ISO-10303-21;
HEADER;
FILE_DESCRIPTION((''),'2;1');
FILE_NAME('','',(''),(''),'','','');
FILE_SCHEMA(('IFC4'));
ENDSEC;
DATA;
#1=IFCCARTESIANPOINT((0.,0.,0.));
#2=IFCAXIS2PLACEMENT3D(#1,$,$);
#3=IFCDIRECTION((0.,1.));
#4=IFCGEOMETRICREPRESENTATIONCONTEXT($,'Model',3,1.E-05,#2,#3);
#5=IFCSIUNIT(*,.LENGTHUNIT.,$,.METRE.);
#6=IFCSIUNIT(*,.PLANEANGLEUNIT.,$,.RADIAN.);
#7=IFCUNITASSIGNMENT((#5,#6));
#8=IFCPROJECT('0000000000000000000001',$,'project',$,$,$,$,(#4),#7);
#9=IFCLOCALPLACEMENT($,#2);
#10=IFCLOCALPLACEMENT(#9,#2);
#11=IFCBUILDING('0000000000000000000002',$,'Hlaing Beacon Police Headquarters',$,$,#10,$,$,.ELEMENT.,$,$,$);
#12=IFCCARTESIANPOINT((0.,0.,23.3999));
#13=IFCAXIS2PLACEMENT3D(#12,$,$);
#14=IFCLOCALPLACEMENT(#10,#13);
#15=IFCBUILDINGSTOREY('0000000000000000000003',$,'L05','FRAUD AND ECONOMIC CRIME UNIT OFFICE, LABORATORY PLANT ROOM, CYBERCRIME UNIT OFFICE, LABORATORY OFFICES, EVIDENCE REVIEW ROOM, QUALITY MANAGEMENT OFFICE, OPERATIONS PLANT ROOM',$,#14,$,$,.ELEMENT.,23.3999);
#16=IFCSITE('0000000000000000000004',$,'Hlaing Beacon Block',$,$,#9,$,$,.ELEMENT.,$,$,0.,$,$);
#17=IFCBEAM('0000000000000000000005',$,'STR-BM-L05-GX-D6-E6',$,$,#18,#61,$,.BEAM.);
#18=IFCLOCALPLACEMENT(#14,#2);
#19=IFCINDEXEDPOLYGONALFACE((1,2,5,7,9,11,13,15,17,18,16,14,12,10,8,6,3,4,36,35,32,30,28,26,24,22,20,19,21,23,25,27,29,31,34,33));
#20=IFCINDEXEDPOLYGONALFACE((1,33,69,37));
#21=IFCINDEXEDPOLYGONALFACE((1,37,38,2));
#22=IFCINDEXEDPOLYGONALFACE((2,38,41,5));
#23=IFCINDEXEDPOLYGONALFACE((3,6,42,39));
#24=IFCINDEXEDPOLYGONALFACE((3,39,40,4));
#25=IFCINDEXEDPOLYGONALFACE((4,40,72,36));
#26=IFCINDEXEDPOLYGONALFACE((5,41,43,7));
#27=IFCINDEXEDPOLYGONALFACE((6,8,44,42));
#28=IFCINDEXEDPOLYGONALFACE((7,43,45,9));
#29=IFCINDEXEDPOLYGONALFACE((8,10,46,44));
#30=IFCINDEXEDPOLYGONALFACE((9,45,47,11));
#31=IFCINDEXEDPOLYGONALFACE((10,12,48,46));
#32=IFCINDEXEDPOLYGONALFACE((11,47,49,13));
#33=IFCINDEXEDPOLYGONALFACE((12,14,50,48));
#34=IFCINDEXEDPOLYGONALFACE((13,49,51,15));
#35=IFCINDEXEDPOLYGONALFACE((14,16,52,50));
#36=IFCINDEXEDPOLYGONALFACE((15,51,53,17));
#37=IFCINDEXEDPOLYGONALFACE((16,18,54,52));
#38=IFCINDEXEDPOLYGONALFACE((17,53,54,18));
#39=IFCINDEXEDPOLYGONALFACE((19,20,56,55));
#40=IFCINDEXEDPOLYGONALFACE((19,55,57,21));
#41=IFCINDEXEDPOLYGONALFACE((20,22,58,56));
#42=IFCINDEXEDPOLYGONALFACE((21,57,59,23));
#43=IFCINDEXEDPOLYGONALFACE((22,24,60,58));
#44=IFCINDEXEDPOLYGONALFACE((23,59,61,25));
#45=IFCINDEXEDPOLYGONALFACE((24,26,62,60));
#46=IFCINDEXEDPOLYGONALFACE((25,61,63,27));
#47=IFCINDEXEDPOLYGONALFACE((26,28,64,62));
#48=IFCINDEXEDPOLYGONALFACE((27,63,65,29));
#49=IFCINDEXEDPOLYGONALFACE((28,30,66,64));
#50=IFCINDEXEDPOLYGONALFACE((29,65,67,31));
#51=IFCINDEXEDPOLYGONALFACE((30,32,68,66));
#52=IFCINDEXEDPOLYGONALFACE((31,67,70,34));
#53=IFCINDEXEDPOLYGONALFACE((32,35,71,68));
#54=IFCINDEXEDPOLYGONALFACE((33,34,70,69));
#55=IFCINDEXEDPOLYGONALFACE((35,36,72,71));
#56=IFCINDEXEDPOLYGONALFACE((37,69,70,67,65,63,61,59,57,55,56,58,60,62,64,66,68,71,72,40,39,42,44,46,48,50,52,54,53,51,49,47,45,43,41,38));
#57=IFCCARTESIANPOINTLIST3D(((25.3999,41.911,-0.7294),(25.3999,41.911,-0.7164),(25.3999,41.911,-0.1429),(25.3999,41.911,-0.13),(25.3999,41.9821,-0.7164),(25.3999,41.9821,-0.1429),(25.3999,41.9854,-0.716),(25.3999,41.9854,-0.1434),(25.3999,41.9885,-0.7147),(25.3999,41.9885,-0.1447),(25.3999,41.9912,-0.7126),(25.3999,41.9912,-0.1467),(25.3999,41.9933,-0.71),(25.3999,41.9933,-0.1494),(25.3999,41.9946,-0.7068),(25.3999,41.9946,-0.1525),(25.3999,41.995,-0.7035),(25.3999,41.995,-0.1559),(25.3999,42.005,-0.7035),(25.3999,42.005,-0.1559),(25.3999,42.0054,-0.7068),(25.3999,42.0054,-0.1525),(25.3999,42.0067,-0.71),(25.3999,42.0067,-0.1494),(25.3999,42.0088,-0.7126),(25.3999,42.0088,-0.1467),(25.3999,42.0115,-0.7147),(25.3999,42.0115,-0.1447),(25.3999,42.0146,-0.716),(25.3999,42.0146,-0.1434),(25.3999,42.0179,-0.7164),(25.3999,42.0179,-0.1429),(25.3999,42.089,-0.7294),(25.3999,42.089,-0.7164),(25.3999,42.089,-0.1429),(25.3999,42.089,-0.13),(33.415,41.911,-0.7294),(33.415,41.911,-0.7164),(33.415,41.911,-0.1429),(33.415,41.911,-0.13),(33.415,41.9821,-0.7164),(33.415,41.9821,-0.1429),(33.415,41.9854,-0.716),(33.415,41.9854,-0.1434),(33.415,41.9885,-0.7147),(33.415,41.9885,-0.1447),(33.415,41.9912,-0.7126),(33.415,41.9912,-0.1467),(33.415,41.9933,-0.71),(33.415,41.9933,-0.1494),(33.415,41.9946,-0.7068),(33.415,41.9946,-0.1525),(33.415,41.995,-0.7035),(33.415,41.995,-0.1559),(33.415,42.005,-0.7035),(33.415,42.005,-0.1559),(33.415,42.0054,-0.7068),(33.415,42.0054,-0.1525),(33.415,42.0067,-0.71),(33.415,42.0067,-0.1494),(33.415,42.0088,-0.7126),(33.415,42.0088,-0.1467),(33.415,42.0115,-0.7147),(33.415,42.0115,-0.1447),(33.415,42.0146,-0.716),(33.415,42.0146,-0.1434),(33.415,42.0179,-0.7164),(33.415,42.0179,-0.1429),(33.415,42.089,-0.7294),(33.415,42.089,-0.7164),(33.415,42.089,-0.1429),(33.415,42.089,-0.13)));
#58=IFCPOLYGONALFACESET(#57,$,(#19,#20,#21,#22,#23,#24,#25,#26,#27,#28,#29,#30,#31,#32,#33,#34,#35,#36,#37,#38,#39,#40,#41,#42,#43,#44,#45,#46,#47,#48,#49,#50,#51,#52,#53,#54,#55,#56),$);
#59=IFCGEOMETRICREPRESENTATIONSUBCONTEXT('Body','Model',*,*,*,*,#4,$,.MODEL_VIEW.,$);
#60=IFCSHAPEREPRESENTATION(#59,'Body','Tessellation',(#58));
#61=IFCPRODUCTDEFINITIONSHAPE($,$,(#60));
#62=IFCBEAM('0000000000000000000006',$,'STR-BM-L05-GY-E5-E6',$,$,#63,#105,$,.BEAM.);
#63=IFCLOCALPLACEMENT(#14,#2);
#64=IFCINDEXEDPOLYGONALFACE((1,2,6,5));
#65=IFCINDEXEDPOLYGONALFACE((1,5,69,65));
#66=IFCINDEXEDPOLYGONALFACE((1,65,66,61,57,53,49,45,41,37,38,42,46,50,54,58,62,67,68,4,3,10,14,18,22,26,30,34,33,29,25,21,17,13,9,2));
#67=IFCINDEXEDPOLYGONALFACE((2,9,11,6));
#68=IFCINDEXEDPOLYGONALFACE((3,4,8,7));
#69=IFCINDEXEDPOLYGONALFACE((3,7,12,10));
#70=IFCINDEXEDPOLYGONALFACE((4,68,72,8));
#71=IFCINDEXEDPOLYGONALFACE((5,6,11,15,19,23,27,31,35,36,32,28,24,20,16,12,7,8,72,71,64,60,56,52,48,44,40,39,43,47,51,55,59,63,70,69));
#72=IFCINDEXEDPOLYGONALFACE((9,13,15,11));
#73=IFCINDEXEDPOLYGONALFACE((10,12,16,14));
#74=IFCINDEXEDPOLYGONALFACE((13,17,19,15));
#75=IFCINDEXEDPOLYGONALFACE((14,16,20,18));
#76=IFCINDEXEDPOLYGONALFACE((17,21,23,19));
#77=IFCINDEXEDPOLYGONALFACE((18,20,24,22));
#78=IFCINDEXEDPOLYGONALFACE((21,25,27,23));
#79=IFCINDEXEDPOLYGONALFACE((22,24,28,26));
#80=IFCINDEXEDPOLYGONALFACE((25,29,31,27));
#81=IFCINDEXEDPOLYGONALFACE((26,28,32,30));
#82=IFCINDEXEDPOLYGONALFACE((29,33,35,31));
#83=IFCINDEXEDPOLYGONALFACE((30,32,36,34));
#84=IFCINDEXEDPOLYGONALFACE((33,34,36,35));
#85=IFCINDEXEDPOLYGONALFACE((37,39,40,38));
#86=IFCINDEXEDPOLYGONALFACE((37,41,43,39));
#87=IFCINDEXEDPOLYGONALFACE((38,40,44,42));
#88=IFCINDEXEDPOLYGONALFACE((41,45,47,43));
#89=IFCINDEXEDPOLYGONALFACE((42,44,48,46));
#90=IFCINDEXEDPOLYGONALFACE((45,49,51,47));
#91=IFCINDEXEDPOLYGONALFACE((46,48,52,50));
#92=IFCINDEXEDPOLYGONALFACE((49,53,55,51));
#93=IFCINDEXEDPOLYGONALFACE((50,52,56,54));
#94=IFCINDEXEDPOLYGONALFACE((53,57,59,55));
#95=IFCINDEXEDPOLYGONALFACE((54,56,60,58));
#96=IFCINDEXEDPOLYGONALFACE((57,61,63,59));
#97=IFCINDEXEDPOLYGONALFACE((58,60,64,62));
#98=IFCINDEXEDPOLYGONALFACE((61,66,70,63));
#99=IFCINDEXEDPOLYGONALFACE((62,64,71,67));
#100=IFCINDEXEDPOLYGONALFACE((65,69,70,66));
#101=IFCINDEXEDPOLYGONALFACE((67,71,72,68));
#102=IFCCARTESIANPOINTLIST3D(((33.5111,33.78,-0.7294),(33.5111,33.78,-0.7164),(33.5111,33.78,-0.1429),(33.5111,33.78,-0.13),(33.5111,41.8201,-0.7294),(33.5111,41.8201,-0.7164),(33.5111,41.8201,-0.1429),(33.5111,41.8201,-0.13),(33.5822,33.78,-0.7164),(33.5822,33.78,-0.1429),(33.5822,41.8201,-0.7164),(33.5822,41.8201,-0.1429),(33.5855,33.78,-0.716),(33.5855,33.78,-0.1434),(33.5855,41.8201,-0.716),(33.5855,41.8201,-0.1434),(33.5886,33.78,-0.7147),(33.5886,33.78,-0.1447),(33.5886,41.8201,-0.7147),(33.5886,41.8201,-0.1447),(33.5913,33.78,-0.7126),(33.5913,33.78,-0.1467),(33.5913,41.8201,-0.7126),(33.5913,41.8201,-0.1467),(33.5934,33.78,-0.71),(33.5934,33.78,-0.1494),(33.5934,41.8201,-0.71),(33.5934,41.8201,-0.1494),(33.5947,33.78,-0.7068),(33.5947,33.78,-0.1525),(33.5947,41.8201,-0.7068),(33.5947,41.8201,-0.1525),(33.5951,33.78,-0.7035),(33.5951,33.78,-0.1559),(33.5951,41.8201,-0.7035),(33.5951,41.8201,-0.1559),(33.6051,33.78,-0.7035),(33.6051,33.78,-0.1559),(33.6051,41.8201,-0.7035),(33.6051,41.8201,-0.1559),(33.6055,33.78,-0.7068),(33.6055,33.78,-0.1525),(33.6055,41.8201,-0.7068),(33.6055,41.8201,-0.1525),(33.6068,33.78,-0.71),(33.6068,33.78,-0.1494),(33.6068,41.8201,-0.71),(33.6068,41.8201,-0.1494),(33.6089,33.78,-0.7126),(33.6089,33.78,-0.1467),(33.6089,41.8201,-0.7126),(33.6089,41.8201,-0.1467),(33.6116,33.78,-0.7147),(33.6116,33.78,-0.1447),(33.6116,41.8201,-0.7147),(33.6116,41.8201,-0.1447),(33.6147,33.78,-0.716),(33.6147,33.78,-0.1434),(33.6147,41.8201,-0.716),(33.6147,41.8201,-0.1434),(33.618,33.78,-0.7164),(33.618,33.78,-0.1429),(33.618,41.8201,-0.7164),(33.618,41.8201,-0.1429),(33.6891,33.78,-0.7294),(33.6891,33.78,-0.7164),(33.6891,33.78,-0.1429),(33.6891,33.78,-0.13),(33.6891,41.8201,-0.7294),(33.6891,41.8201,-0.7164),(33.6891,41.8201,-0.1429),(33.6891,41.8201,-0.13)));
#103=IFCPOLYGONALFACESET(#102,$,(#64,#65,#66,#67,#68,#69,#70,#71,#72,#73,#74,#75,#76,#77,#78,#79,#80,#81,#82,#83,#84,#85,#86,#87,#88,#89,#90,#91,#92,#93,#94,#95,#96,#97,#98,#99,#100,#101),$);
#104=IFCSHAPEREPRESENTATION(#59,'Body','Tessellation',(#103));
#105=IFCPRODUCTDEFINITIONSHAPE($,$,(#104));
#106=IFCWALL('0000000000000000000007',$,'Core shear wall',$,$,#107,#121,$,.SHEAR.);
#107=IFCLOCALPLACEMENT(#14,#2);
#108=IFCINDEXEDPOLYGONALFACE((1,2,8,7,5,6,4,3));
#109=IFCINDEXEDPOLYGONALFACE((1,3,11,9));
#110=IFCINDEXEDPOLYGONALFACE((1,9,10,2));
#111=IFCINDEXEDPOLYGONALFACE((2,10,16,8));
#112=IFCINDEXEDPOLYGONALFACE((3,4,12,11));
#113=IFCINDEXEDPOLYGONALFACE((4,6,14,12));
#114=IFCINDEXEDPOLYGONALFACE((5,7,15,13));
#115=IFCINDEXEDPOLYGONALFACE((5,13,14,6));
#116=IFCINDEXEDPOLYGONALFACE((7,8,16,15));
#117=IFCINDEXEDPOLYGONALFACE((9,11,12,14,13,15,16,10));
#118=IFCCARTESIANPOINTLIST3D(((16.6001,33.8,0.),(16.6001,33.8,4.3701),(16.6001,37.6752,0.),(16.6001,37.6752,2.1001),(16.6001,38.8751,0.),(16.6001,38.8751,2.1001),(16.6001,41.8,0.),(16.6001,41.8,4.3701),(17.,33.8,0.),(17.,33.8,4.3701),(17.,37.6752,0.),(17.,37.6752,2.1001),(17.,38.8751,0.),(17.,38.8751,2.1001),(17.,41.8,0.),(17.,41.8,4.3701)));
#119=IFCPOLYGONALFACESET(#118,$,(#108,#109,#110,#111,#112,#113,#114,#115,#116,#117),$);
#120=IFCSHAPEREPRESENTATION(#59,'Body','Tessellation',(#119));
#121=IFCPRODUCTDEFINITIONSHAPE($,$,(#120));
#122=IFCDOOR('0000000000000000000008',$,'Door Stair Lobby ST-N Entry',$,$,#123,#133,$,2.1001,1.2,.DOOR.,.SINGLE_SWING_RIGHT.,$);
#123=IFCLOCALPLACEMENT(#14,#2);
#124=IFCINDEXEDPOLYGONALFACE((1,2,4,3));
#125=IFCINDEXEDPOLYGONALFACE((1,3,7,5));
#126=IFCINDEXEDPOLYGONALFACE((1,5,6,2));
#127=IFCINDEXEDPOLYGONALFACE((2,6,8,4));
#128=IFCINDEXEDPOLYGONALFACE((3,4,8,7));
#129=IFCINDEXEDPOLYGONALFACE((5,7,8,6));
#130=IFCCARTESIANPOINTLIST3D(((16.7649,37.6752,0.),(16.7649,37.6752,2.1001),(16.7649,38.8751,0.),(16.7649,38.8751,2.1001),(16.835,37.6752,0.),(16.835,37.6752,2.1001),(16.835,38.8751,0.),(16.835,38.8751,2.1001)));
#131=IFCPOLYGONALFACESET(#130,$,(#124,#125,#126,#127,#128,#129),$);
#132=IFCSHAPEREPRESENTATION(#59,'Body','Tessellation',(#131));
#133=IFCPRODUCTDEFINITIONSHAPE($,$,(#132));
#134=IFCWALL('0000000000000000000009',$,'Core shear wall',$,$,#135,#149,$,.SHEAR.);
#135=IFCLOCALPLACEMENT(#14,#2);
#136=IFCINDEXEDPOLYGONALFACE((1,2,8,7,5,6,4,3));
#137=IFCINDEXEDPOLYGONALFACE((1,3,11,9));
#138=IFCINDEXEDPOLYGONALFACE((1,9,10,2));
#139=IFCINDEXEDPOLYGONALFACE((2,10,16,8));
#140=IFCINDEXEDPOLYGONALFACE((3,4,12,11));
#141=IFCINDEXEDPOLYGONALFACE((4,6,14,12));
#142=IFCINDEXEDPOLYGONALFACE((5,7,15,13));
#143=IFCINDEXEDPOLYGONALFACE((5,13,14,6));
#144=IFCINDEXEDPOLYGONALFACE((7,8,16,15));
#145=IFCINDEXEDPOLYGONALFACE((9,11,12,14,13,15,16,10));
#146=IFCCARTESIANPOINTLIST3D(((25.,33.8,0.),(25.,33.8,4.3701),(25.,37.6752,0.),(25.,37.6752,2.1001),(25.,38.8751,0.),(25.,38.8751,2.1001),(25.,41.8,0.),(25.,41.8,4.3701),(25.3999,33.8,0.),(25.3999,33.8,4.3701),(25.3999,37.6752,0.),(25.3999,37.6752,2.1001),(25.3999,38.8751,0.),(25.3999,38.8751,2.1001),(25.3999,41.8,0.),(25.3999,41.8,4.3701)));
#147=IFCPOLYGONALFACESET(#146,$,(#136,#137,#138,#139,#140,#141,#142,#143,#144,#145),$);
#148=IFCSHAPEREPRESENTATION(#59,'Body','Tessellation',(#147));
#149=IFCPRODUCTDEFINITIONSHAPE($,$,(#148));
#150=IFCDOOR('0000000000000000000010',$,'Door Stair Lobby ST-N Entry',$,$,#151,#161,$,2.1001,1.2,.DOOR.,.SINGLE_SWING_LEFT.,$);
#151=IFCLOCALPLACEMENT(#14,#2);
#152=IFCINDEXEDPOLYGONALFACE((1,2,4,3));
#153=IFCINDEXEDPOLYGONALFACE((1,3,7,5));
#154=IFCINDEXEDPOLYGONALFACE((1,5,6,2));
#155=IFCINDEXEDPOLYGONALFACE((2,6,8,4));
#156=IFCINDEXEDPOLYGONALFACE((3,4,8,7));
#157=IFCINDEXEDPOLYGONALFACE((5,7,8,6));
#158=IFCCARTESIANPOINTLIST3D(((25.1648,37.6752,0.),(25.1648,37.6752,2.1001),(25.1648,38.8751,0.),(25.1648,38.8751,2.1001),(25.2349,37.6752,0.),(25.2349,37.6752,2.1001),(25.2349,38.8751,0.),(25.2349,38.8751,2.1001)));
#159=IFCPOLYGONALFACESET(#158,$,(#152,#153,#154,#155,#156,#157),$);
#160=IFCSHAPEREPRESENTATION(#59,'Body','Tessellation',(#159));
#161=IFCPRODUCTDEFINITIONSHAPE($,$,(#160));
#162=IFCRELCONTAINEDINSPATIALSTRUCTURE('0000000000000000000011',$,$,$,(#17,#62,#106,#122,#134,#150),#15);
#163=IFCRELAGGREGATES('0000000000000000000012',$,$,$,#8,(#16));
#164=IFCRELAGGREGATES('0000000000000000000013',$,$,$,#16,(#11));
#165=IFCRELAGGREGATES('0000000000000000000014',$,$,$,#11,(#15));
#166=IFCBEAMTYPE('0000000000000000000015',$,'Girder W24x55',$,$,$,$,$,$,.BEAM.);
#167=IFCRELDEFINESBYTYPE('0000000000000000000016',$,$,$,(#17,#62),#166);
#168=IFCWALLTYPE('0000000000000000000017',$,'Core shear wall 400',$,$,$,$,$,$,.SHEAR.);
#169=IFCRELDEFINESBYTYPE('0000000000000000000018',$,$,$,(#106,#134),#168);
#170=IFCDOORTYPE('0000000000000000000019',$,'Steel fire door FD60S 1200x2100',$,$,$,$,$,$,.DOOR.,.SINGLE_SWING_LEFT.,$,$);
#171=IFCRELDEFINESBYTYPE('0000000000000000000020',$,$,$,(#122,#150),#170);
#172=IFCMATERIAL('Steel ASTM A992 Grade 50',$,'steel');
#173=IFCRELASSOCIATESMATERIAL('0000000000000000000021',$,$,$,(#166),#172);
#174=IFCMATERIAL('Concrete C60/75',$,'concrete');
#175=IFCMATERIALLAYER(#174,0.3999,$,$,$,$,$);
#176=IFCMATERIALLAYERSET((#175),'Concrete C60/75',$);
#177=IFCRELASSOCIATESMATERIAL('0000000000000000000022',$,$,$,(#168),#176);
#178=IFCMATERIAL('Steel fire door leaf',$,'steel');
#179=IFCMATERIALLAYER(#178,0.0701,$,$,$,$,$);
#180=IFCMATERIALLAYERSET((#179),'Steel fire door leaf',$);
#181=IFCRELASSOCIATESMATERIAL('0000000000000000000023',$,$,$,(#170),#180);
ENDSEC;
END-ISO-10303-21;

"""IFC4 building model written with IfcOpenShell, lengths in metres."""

from ifc_helpers import new_model, si_unit, direction, frame, frame_2d, origin, origin_2d, place, context, subcontext, project, spatial, rectangle, i_section, extrude, material, layer, layer_set, material_profile, profile_set, type_object, element, fill, save


model = new_model("IFC4")

# Units and contexts
model_context = context("Model", 3, precision=1e-05, world=origin(), true_north=direction((0.0, 1.0)))
body_context = subcontext(model_context, "Body", "Model", "MODEL_VIEW")
ifc_project = project(units=[si_unit("LENGTHUNIT", "METRE"), si_unit("PLANEANGLEUNIT", "RADIAN")], contexts=[model_context])

# Site, building, storey
site_placement = place(None, origin())
site = spatial("IfcSite", under=ifc_project, at=site_placement, Name="Hlaing Beacon Block", CompositionType="ELEMENT", RefElevation=0.0)
building_placement = place(site_placement, origin())
building = spatial("IfcBuilding", under=site, at=building_placement, Name="Hlaing Beacon Police Headquarters", CompositionType="ELEMENT")
storey_placement = place(building_placement, frame((0.0, 0.0, 23.3999)))
storey = spatial("IfcBuildingStorey", under=building, at=storey_placement, Name="L05", Description="FRAUD AND ECONOMIC CRIME UNIT OFFICE, LABORATORY PLANT ROOM, CYBERCRIME UNIT OFFICE, LABORATORY OFFICES, EVIDENCE REVIEW ROOM, QUALITY MANAGEMENT OFFICE, OPERATIONS PLANT ROOM", CompositionType="ELEMENT", Elevation=23.3999)

# Beams
ifc_material_1 = material(Name="Steel ASTM A992 Grade 50", Category="steel")
ifc_material_profile = material_profile(ifc_material_1, i_section(OverallWidth=0.178, OverallDepth=0.5994, WebThickness=0.01, FlangeThickness=0.0129, FilletRadius=0.0129, at=origin_2d()), Name="W24x55")
ifc_profile_set = profile_set([ifc_material_profile], Name="Steel ASTM A992 Grade 50")
beam_type = type_object("IfcBeamType", Name="Girder W24x55", PredefinedType="BEAM", material=ifc_profile_set)
beam_1_placement = place(storey_placement, frame((25.3999, 42.0, -0.4297), z_axis=(1.0, 0.0, 0.0), x_axis=(0.0, 1.0, 0.0)))
element("IfcBeam", 1, at=beam_1_placement, inside=storey, type_object=beam_type, Name="STR-BM-L05-GX-D6-E6", PredefinedType="BEAM", context=body_context, shape_type="SweptSolid", body=[
    extrude(i_section(OverallWidth=0.178, OverallDepth=0.5994, WebThickness=0.01, FlangeThickness=0.0129, FilletRadius=0.0129, at=origin_2d()), origin(), (0.0, 0.0, 1.0), 8.0151),
])
beam_2_placement = place(storey_placement, frame((33.6001, 33.78, -0.4297), z_axis=(0.0, 1.0, 0.0), x_axis=(-1.0, 0.0, 0.0)))
element("IfcBeam", 2, at=beam_2_placement, inside=storey, type_object=beam_type, Name="STR-BM-L05-GY-E5-E6", PredefinedType="BEAM", context=body_context, shape_type="SweptSolid", body=[
    extrude(i_section(OverallWidth=0.178, OverallDepth=0.5994, WebThickness=0.01, FlangeThickness=0.0129, FilletRadius=0.0129, at=origin_2d()), origin(), (0.0, 0.0, 1.0), 8.04),
])

# Walls, openings, doors
ifc_material_2 = material(Name="Concrete C60/75", Category="concrete")
ifc_layer_1 = layer(ifc_material_2, 0.3999)
ifc_layer_set_1 = layer_set([ifc_layer_1], Name="Concrete C60/75")
wall_type_1 = type_object("IfcWallType", Name="Core shear wall 400", PredefinedType="SHEAR", material=ifc_layer_set_1)
wall_1_placement = place(storey_placement, frame((16.8, 33.8, 0.0), z_axis=(0.0, 0.0, 1.0), x_axis=(0.0, 1.0, 0.0)))
wall_1 = element("IfcWall", 3, at=wall_1_placement, inside=storey, type_object=wall_type_1, Name="Core shear wall", PredefinedType="SHEAR", context=body_context, shape_type="SweptSolid", body=[
    extrude(rectangle(XDim=8.0, YDim=0.3999, at=frame_2d((4.0, 0.0))), origin(), (0.0, 0.0, 1.0), 4.3701),
])
opening_1_placement = place(wall_1_placement, frame((3.875, 0.0, 0.0)))
opening_1 = element("IfcOpeningElement", 4, at=opening_1_placement, cuts=wall_1, PredefinedType="OPENING", context=body_context, shape_type="SweptSolid", body=[
    extrude(rectangle(XDim=1.2, YDim=2.1001, at=frame_2d((0.6001, 1.05))), frame((0.0, 0.21, 0.0), z_axis=(0.0, -1.0, 0.0), x_axis=(1.0, 0.0, 0.0)), (0.0, 0.0, 1.0), 0.4199),
])
ifc_material_3 = material(Name="Steel fire door leaf", Category="steel")
ifc_layer_2 = layer(ifc_material_3, 0.0701)
ifc_layer_set_2 = layer_set([ifc_layer_2], Name="Steel fire door leaf")
door_type_1 = type_object("IfcDoorType", Name="Steel fire door FD60S 1200x2100", OperationType="SINGLE_SWING_LEFT", PredefinedType="DOOR", material=ifc_layer_set_2)
door_1_placement = place(opening_1_placement, frame((1.2, 0.0, 0.0), z_axis=(0.0, 0.0, 1.0), x_axis=(-1.0, 0.0, 0.0)))
door_1 = element("IfcDoor", 5, at=door_1_placement, inside=storey, type_object=door_type_1, Name="Door Stair Lobby ST-N Entry", OperationType="SINGLE_SWING_RIGHT", OverallHeight=2.1001, OverallWidth=1.2, PredefinedType="DOOR", context=body_context, shape_type="SweptSolid", body=[
    extrude(rectangle(XDim=1.2, YDim=2.1001, at=frame_2d((0.5999, 1.05))), frame((0.0, 0.0349, 0.0), z_axis=(0.0, -1.0, 0.0), x_axis=(1.0, 0.0, 0.0)), (0.0, 0.0, 1.0), 0.0701),
])
fill(opening_1, door_1)
wall_2_placement = place(storey_placement, frame((25.2, 33.8, 0.0), z_axis=(0.0, 0.0, 1.0), x_axis=(0.0, 1.0, 0.0)))
wall_2 = element("IfcWall", 6, at=wall_2_placement, inside=storey, type_object=wall_type_1, Name="Core shear wall", PredefinedType="SHEAR", context=body_context, shape_type="SweptSolid", body=[
    extrude(rectangle(XDim=8.0, YDim=0.3999, at=frame_2d((4.0, 0.0))), origin(), (0.0, 0.0, 1.0), 4.3701),
])
opening_2_placement = place(wall_2_placement, frame((3.875, 0.0, 0.0)))
opening_2 = element("IfcOpeningElement", 7, at=opening_2_placement, cuts=wall_2, PredefinedType="OPENING", context=body_context, shape_type="SweptSolid", body=[
    extrude(rectangle(XDim=1.2, YDim=2.1001, at=frame_2d((0.6001, 1.05))), frame((0.0, 0.21, 0.0), z_axis=(0.0, -1.0, 0.0), x_axis=(1.0, 0.0, 0.0)), (0.0, 0.0, 1.0), 0.4199),
])
door_2_placement = place(opening_2_placement, origin())
door_2 = element("IfcDoor", 8, at=door_2_placement, inside=storey, type_object=door_type_1, Name="Door Stair Lobby ST-N Entry", OperationType="SINGLE_SWING_LEFT", OverallHeight=2.1001, OverallWidth=1.2, PredefinedType="DOOR", context=body_context, shape_type="SweptSolid", body=[
    extrude(rectangle(XDim=1.2, YDim=2.1001, at=frame_2d((0.6001, 1.05))), frame((0.0, 0.0352, 0.0), z_axis=(0.0, -1.0, 0.0), x_axis=(1.0, 0.0, 0.0)), (0.0, 0.0, 1.0), 0.0701),
])
fill(opening_2, door_2)

save(model, "model.ifc")
